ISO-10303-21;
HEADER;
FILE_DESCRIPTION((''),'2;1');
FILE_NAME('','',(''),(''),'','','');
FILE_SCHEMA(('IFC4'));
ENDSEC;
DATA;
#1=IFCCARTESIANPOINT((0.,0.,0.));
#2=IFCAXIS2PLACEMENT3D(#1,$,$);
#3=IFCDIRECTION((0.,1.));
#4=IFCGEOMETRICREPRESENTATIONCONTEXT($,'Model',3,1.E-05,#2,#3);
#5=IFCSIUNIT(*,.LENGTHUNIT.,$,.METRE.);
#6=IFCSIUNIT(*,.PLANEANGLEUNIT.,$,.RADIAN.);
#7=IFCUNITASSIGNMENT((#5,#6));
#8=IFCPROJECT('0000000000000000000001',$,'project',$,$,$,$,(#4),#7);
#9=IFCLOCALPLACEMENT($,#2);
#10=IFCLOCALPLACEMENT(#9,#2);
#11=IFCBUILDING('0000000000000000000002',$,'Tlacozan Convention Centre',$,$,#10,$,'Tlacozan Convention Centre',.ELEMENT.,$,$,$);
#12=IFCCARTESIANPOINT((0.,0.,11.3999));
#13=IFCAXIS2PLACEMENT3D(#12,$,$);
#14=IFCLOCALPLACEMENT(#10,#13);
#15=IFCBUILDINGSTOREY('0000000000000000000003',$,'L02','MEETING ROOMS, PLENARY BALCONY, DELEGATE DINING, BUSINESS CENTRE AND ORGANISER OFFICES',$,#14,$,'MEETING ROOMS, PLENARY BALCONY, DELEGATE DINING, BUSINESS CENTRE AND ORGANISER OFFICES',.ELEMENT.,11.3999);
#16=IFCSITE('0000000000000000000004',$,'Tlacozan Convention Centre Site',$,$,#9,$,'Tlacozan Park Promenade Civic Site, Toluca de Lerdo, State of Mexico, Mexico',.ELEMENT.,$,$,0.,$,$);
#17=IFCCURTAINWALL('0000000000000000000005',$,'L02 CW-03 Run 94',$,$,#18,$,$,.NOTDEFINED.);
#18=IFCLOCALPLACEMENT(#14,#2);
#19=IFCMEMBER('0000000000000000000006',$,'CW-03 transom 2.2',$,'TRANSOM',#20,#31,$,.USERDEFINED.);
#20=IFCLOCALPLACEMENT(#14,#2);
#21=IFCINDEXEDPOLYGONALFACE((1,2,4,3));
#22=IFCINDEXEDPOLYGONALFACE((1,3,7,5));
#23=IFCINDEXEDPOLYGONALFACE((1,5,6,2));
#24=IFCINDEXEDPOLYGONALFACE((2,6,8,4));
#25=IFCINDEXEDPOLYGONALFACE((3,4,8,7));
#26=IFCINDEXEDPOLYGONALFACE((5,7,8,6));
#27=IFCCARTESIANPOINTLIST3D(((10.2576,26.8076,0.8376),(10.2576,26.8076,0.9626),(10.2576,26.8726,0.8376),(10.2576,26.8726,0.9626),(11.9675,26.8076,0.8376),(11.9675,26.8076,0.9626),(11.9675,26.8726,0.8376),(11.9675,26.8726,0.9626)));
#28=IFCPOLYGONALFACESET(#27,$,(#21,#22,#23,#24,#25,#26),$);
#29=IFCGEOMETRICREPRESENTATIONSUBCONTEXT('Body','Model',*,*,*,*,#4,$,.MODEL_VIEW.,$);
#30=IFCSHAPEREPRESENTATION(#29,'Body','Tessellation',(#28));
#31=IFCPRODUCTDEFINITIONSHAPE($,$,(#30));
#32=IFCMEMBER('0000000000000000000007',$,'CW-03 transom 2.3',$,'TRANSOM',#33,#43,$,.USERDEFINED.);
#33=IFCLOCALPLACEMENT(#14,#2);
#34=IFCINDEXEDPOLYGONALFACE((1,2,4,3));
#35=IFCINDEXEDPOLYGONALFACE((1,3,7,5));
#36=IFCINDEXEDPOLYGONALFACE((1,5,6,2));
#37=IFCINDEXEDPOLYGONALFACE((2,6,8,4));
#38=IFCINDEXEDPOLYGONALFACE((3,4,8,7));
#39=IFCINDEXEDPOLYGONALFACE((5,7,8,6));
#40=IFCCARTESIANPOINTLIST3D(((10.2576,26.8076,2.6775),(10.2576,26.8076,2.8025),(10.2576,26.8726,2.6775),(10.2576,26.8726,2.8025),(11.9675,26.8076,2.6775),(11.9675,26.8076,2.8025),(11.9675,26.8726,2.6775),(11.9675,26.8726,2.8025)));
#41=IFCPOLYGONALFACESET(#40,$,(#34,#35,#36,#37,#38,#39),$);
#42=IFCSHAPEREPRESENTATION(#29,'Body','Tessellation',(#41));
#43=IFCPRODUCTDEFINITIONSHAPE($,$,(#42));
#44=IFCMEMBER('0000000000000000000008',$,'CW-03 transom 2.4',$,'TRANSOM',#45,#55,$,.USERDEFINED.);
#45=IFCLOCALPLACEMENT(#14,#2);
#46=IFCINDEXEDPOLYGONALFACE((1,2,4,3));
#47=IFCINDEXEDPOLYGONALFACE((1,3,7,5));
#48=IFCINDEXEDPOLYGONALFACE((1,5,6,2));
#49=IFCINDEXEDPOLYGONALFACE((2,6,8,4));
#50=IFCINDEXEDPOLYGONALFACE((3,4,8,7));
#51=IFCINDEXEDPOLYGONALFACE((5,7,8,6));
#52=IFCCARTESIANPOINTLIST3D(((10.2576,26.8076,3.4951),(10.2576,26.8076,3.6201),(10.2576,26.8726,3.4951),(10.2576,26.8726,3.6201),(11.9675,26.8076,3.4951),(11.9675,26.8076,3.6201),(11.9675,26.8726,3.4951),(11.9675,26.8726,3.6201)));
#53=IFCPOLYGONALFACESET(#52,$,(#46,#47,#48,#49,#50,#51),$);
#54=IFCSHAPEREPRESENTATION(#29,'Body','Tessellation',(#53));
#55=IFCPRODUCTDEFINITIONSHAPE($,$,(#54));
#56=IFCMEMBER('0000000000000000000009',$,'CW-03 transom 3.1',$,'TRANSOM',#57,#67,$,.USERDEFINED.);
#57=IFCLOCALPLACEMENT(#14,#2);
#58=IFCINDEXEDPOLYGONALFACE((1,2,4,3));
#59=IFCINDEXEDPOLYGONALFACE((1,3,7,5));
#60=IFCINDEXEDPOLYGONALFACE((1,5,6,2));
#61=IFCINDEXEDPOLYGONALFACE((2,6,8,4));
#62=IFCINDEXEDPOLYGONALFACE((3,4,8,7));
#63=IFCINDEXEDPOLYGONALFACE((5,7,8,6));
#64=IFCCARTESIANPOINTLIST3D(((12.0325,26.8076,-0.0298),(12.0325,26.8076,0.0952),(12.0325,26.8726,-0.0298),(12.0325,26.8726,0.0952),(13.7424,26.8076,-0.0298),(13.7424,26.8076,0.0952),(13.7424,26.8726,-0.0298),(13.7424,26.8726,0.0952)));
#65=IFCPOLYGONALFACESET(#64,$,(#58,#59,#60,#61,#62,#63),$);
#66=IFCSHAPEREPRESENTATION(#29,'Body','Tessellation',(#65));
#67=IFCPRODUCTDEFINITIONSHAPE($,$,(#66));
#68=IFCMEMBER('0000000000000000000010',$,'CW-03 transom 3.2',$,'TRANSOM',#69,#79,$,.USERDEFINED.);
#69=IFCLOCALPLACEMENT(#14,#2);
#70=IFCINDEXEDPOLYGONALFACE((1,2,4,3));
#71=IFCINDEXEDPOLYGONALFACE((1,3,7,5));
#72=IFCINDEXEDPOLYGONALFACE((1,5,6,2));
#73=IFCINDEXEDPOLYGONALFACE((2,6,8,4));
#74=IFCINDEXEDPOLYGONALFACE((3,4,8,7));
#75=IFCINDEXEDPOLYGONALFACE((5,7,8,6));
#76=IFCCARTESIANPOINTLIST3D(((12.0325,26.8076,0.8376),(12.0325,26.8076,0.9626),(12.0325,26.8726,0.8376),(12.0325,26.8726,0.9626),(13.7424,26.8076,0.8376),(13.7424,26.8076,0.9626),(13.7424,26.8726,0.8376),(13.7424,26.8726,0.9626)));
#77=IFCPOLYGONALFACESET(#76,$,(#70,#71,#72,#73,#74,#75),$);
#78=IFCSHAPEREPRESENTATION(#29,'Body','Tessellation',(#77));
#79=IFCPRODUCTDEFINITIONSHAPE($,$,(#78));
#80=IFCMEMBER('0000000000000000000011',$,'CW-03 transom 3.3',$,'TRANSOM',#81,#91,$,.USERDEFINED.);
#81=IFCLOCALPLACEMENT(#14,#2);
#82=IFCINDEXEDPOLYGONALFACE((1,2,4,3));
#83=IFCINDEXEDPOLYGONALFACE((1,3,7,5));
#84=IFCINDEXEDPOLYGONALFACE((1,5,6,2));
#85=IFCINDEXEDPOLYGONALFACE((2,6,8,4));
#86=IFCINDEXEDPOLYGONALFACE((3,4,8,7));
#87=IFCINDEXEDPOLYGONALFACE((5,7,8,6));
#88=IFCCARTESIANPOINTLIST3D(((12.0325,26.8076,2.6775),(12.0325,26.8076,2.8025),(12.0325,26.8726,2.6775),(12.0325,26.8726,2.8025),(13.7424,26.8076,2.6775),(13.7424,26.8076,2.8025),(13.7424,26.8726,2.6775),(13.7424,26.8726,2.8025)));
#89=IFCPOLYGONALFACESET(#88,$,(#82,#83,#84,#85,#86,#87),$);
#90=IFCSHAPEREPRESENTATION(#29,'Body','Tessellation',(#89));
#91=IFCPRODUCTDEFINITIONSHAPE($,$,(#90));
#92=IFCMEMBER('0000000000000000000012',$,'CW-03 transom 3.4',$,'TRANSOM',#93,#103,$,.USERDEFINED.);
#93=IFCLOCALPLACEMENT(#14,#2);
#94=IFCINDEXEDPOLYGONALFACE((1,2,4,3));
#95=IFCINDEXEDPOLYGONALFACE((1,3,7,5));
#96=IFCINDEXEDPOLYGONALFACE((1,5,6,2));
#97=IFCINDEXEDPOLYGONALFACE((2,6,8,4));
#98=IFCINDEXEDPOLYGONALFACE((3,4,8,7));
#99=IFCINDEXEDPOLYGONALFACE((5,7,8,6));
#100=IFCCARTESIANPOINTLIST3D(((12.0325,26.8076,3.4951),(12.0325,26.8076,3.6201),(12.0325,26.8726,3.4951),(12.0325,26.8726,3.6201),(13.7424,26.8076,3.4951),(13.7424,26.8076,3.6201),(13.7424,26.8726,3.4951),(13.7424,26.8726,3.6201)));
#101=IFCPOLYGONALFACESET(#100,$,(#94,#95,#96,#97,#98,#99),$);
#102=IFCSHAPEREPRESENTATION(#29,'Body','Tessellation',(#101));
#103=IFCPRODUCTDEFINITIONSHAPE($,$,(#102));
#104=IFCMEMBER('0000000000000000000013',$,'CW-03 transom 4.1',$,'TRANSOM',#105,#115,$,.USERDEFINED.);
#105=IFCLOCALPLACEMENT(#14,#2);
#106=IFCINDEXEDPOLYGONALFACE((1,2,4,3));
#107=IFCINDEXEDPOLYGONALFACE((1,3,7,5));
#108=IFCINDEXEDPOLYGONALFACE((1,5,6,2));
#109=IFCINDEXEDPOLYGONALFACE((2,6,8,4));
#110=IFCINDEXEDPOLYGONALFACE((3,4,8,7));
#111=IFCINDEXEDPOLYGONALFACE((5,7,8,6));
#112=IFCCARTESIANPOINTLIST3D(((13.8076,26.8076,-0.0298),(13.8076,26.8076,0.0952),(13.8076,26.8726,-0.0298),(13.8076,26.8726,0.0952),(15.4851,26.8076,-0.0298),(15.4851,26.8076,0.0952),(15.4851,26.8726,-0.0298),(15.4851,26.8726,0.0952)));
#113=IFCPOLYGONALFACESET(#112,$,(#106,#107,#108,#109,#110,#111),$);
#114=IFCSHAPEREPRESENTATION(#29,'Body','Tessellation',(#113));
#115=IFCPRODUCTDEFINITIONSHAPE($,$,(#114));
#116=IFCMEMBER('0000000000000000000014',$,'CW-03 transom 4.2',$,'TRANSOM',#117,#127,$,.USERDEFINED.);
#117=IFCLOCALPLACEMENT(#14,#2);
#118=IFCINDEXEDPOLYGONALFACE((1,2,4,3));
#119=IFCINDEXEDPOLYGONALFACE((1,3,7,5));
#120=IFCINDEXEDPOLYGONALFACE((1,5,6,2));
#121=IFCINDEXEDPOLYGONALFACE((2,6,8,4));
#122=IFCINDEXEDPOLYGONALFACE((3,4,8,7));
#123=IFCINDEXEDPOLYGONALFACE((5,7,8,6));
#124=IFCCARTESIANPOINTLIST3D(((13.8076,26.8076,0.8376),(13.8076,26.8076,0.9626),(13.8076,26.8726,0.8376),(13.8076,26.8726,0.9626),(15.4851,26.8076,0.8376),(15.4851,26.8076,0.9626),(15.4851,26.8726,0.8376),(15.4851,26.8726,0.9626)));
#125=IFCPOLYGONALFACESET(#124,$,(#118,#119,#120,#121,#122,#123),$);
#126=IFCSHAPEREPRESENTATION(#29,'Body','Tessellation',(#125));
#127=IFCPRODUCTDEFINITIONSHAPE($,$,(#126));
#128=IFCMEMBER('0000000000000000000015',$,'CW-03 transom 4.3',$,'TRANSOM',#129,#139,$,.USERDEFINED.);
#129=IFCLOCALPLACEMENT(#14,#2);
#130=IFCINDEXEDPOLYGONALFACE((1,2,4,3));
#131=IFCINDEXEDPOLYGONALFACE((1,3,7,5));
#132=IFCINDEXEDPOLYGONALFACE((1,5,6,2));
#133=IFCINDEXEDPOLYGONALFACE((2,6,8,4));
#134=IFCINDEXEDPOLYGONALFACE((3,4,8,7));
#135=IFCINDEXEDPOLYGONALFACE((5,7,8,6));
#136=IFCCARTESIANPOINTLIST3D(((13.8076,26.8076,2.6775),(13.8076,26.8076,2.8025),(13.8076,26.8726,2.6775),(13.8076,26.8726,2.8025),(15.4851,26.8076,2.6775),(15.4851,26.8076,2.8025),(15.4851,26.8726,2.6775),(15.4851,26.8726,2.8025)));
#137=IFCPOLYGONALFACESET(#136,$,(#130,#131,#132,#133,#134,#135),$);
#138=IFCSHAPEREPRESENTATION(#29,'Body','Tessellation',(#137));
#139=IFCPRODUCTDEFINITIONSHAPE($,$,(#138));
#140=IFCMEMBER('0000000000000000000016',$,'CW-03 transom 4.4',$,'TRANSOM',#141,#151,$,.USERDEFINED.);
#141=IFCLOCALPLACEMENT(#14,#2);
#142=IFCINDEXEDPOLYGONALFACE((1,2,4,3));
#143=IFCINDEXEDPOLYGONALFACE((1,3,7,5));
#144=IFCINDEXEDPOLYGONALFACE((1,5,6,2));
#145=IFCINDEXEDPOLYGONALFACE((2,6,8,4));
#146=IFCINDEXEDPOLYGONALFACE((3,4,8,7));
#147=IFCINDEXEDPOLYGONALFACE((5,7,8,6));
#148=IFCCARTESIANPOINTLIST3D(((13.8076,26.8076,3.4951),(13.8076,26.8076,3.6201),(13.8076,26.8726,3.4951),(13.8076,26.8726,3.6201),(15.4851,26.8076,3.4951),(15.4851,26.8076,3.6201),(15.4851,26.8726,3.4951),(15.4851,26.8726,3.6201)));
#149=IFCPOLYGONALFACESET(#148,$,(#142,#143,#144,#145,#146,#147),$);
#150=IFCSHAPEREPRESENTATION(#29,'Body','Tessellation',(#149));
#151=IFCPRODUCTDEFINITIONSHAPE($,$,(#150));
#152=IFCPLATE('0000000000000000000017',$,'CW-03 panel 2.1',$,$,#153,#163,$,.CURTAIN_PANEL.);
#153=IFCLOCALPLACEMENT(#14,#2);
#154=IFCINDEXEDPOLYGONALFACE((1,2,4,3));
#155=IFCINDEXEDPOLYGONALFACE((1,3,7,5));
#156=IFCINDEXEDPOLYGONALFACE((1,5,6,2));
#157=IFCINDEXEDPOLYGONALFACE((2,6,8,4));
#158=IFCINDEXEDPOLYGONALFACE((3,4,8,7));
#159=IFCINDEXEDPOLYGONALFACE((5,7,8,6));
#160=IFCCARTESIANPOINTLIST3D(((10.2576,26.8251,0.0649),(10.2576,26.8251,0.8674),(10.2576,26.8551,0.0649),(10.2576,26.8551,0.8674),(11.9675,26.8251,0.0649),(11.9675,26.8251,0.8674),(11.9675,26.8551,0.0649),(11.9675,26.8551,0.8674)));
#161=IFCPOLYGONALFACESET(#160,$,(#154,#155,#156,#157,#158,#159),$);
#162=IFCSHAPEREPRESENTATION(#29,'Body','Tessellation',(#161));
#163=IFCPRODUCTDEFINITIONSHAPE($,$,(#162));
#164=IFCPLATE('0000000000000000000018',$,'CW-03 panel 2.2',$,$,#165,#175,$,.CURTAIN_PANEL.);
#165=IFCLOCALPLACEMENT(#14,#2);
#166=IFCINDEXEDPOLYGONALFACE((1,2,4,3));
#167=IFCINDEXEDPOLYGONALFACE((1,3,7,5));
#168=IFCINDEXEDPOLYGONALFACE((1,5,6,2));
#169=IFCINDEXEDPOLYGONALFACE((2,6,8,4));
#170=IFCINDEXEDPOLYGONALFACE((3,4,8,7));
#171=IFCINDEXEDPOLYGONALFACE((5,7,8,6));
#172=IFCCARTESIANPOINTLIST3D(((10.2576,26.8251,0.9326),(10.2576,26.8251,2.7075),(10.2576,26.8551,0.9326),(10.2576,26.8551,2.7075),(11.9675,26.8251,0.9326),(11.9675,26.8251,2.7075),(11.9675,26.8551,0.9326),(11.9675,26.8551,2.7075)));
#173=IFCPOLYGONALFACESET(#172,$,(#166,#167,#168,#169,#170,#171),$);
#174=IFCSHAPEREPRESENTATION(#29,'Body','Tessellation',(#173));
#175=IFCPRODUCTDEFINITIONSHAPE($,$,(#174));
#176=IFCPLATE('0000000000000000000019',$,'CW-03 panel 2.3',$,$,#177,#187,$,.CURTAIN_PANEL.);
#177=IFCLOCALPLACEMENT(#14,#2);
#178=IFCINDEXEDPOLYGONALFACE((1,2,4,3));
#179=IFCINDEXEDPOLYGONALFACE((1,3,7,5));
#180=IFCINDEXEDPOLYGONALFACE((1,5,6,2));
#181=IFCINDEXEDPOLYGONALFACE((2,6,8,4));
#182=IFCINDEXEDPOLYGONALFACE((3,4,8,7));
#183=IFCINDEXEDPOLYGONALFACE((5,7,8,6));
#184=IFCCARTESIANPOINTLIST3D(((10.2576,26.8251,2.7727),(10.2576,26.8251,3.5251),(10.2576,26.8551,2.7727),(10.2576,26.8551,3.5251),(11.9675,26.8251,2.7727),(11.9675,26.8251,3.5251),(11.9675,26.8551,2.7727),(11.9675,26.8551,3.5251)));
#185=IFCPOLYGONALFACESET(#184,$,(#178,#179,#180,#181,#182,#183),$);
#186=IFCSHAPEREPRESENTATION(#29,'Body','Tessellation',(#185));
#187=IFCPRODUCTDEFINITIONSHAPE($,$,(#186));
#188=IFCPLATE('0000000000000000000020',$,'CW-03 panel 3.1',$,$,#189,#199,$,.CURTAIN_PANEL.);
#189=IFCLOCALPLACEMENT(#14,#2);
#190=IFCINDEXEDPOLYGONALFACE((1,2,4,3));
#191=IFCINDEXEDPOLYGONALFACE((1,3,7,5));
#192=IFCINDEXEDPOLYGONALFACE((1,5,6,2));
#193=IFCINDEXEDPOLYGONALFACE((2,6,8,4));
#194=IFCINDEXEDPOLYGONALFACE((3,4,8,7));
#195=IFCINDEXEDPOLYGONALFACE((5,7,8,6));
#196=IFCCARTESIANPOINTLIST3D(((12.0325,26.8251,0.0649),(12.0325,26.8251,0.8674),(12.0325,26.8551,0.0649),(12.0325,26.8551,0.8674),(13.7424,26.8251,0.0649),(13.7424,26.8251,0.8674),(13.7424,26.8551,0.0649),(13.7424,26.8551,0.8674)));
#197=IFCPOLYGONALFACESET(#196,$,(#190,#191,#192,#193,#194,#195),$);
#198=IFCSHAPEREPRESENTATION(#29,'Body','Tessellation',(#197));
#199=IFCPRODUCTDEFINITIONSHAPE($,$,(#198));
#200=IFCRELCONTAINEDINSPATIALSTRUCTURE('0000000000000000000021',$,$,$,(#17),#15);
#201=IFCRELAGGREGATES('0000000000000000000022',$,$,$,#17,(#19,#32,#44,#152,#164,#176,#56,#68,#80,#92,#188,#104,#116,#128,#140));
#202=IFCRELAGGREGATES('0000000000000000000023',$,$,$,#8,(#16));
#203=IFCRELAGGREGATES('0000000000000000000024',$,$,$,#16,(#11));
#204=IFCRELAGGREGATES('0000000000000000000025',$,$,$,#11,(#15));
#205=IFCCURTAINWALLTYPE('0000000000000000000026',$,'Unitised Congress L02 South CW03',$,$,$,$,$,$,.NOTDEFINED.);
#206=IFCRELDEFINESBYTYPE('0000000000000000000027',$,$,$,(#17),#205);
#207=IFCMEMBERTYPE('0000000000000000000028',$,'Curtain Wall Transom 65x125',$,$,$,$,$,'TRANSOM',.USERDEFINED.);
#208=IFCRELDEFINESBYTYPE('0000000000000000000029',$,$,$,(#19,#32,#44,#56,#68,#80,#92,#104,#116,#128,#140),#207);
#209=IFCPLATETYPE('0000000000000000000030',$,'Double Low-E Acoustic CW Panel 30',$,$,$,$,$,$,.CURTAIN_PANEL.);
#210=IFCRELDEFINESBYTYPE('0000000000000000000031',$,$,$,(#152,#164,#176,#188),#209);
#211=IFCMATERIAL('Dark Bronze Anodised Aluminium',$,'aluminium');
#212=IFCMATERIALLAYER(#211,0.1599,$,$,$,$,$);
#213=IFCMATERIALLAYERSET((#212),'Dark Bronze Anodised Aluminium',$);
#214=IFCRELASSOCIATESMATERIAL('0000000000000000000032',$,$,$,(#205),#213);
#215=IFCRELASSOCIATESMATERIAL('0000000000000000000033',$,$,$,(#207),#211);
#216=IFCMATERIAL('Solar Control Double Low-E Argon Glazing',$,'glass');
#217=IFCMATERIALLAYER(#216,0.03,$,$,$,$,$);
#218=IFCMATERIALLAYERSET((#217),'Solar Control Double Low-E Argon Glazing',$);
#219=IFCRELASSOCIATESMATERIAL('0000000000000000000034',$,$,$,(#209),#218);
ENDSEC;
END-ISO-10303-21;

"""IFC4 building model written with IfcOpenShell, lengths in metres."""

from ifc_helpers import new_model, si_unit, direction, frame, origin, origin_2d, place, context, subcontext, project, spatial, rectangle, extrude, material, layer, layer_set, material_profile, profile_set, type_object, element, aggregate, save


model = new_model("IFC4")

# Units and contexts
model_context = context("Model", 3, precision=1e-05, world=origin(), true_north=direction((0.0, 1.0)))
body_context = subcontext(model_context, "Body", "Model", "MODEL_VIEW")
ifc_project = project(units=[si_unit("LENGTHUNIT", "METRE"), si_unit("PLANEANGLEUNIT", "RADIAN")], contexts=[model_context])

# Site, building, storey
site_placement = place(None, origin())
site = spatial("IfcSite", under=ifc_project, at=site_placement, Name="Tlacozan Convention Centre Site", LongName="Tlacozan Park Promenade Civic Site, Toluca de Lerdo, State of Mexico, Mexico", CompositionType="ELEMENT", RefElevation=0.0)
building_placement = place(site_placement, origin())
building = spatial("IfcBuilding", under=site, at=building_placement, Name="Tlacozan Convention Centre", LongName="Tlacozan Convention Centre", CompositionType="ELEMENT")
storey_placement = place(building_placement, frame((0.0, 0.0, 11.3999)))
storey = spatial("IfcBuildingStorey", under=building, at=storey_placement, Name="L02", Description="MEETING ROOMS, PLENARY BALCONY, DELEGATE DINING, BUSINESS CENTRE AND ORGANISER OFFICES", LongName="MEETING ROOMS, PLENARY BALCONY, DELEGATE DINING, BUSINESS CENTRE AND ORGANISER OFFICES", CompositionType="ELEMENT", Elevation=11.3999)

# Curtain wall, members, plates
ifc_material_1 = material(Name="Dark Bronze Anodised Aluminium", Category="aluminium")
ifc_layer_1 = layer(ifc_material_1, 0.1599)
ifc_layer_set_1 = layer_set([ifc_layer_1], Name="Dark Bronze Anodised Aluminium")
curtain_wall_type = type_object("IfcCurtainWallType", Name="Unitised Congress L02 South CW03", PredefinedType="NOTDEFINED", material=ifc_layer_set_1)
curtain_wall_placement = place(storey_placement, origin())
curtain_wall = element("IfcCurtainWall", 1, at=curtain_wall_placement, inside=storey, type_object=curtain_wall_type, Name="L02 CW-03 Run 94", PredefinedType="NOTDEFINED")
ifc_material_profile_1 = material_profile(ifc_material_1, rectangle(XDim=0.0649, YDim=0.125, at=origin_2d()), Name="ALU 65x125")
ifc_profile_set_1 = profile_set([ifc_material_profile_1], Name="Dark Bronze Anodised Aluminium")
member_type_1 = type_object("IfcMemberType", Name="Curtain Wall Transom 65x125", ElementType="TRANSOM", PredefinedType="USERDEFINED", material=ifc_profile_set_1)
member_1_placement = place(storey_placement, frame((10.2576, 26.8401, 0.9001), z_axis=(1.0, 0.0, 0.0), x_axis=(0.0, 1.0, 0.0)))
member_1 = element("IfcMember", 2, at=member_1_placement, type_object=member_type_1, Name="CW-03 transom 2.2", ObjectType="TRANSOM", PredefinedType="USERDEFINED", context=body_context, shape_type="SweptSolid", body=[
    extrude(rectangle(XDim=0.0649, YDim=0.125, at=origin_2d()), origin(), (0.0, 0.0, 1.0), 1.71),
])
member_2_placement = place(storey_placement, frame((10.2576, 26.8401, 2.74), z_axis=(1.0, 0.0, 0.0), x_axis=(0.0, 1.0, 0.0)))
member_2 = element("IfcMember", 3, at=member_2_placement, type_object=member_type_1, Name="CW-03 transom 2.3", ObjectType="TRANSOM", PredefinedType="USERDEFINED", context=body_context, shape_type="SweptSolid", body=[
    extrude(rectangle(XDim=0.0649, YDim=0.125, at=origin_2d()), origin(), (0.0, 0.0, 1.0), 1.71),
])
member_3_placement = place(storey_placement, frame((10.2576, 26.8401, 3.5576), z_axis=(1.0, 0.0, 0.0), x_axis=(0.0, 1.0, 0.0)))
member_3 = element("IfcMember", 4, at=member_3_placement, type_object=member_type_1, Name="CW-03 transom 2.4", ObjectType="TRANSOM", PredefinedType="USERDEFINED", context=body_context, shape_type="SweptSolid", body=[
    extrude(rectangle(XDim=0.0649, YDim=0.125, at=origin_2d()), origin(), (0.0, 0.0, 1.0), 1.71),
])
member_4_placement = place(storey_placement, frame((12.0325, 26.8401, 0.0327), z_axis=(1.0, 0.0, 0.0), x_axis=(0.0, 1.0, 0.0)))
member_4 = element("IfcMember", 5, at=member_4_placement, type_object=member_type_1, Name="CW-03 transom 3.1", ObjectType="TRANSOM", PredefinedType="USERDEFINED", context=body_context, shape_type="SweptSolid", body=[
    extrude(rectangle(XDim=0.0649, YDim=0.125, at=origin_2d()), origin(), (0.0, 0.0, 1.0), 1.71),
])
member_5_placement = place(storey_placement, frame((12.0325, 26.8401, 0.9001), z_axis=(1.0, 0.0, 0.0), x_axis=(0.0, 1.0, 0.0)))
member_5 = element("IfcMember", 6, at=member_5_placement, type_object=member_type_1, Name="CW-03 transom 3.2", ObjectType="TRANSOM", PredefinedType="USERDEFINED", context=body_context, shape_type="SweptSolid", body=[
    extrude(rectangle(XDim=0.0649, YDim=0.125, at=origin_2d()), origin(), (0.0, 0.0, 1.0), 1.71),
])
member_6_placement = place(storey_placement, frame((12.0325, 26.8401, 2.74), z_axis=(1.0, 0.0, 0.0), x_axis=(0.0, 1.0, 0.0)))
member_6 = element("IfcMember", 7, at=member_6_placement, type_object=member_type_1, Name="CW-03 transom 3.3", ObjectType="TRANSOM", PredefinedType="USERDEFINED", context=body_context, shape_type="SweptSolid", body=[
    extrude(rectangle(XDim=0.0649, YDim=0.125, at=origin_2d()), origin(), (0.0, 0.0, 1.0), 1.71),
])
member_7_placement = place(storey_placement, frame((12.0325, 26.8401, 3.5576), z_axis=(1.0, 0.0, 0.0), x_axis=(0.0, 1.0, 0.0)))
member_7 = element("IfcMember", 8, at=member_7_placement, type_object=member_type_1, Name="CW-03 transom 3.4", ObjectType="TRANSOM", PredefinedType="USERDEFINED", context=body_context, shape_type="SweptSolid", body=[
    extrude(rectangle(XDim=0.0649, YDim=0.125, at=origin_2d()), origin(), (0.0, 0.0, 1.0), 1.71),
])
member_8_placement = place(storey_placement, frame((13.8076, 26.8401, 0.0327), z_axis=(1.0, 0.0, 0.0), x_axis=(0.0, 1.0, 0.0)))
member_8 = element("IfcMember", 9, at=member_8_placement, type_object=member_type_1, Name="CW-03 transom 4.1", ObjectType="TRANSOM", PredefinedType="USERDEFINED", context=body_context, shape_type="SweptSolid", body=[
    extrude(rectangle(XDim=0.0649, YDim=0.125, at=origin_2d()), origin(), (0.0, 0.0, 1.0), 1.6775),
])
member_9_placement = place(storey_placement, frame((13.8076, 26.8401, 0.9001), z_axis=(1.0, 0.0, 0.0), x_axis=(0.0, 1.0, 0.0)))
member_9 = element("IfcMember", 10, at=member_9_placement, type_object=member_type_1, Name="CW-03 transom 4.2", ObjectType="TRANSOM", PredefinedType="USERDEFINED", context=body_context, shape_type="SweptSolid", body=[
    extrude(rectangle(XDim=0.0649, YDim=0.125, at=origin_2d()), origin(), (0.0, 0.0, 1.0), 1.6775),
])
member_10_placement = place(storey_placement, frame((13.8076, 26.8401, 2.74), z_axis=(1.0, 0.0, 0.0), x_axis=(0.0, 1.0, 0.0)))
member_10 = element("IfcMember", 11, at=member_10_placement, type_object=member_type_1, Name="CW-03 transom 4.3", ObjectType="TRANSOM", PredefinedType="USERDEFINED", context=body_context, shape_type="SweptSolid", body=[
    extrude(rectangle(XDim=0.0649, YDim=0.125, at=origin_2d()), origin(), (0.0, 0.0, 1.0), 1.6775),
])
member_11_placement = place(storey_placement, frame((13.8076, 26.8401, 3.5576), z_axis=(1.0, 0.0, 0.0), x_axis=(0.0, 1.0, 0.0)))
member_11 = element("IfcMember", 12, at=member_11_placement, type_object=member_type_1, Name="CW-03 transom 4.4", ObjectType="TRANSOM", PredefinedType="USERDEFINED", context=body_context, shape_type="SweptSolid", body=[
    extrude(rectangle(XDim=0.0649, YDim=0.125, at=origin_2d()), origin(), (0.0, 0.0, 1.0), 1.6775),
])
ifc_material_2 = material(Name="Solar Control Double Low-E Argon Glazing", Category="glass")
ifc_layer_2 = layer(ifc_material_2, 0.03)
ifc_layer_set_2 = layer_set([ifc_layer_2], Name="Solar Control Double Low-E Argon Glazing")
plate_type = type_object("IfcPlateType", Name="Double Low-E Acoustic CW Panel 30", PredefinedType="CURTAIN_PANEL", material=ifc_layer_set_2)
plate_1_placement = place(storey_placement, frame((11.1125, 26.8401, 0.0649), z_axis=(0.0, 0.0, 1.0), x_axis=(1.0, 0.0, 0.0)))
plate_1 = element("IfcPlate", 13, at=plate_1_placement, type_object=plate_type, Name="CW-03 panel 2.1", PredefinedType="CURTAIN_PANEL", context=body_context, shape_type="SweptSolid", body=[
    extrude(rectangle(XDim=1.71, YDim=0.03, at=origin_2d()), origin(), (0.0, 0.0, 1.0), 0.8025),
])
plate_2_placement = place(storey_placement, frame((11.1125, 26.8401, 0.9326), z_axis=(0.0, 0.0, 1.0), x_axis=(1.0, 0.0, 0.0)))
plate_2 = element("IfcPlate", 14, at=plate_2_placement, type_object=plate_type, Name="CW-03 panel 2.2", PredefinedType="CURTAIN_PANEL", context=body_context, shape_type="SweptSolid", body=[
    extrude(rectangle(XDim=1.71, YDim=0.03, at=origin_2d()), origin(), (0.0, 0.0, 1.0), 1.7749),
])
plate_3_placement = place(storey_placement, frame((11.1125, 26.8401, 2.7727), z_axis=(0.0, 0.0, 1.0), x_axis=(1.0, 0.0, 0.0)))
plate_3 = element("IfcPlate", 15, at=plate_3_placement, type_object=plate_type, Name="CW-03 panel 2.3", PredefinedType="CURTAIN_PANEL", context=body_context, shape_type="SweptSolid", body=[
    extrude(rectangle(XDim=1.71, YDim=0.03, at=origin_2d()), origin(), (0.0, 0.0, 1.0), 0.7524),
])
plate_4_placement = place(storey_placement, frame((12.8875, 26.8401, 0.0649), z_axis=(0.0, 0.0, 1.0), x_axis=(1.0, 0.0, 0.0)))
plate_4 = element("IfcPlate", 16, at=plate_4_placement, type_object=plate_type, Name="CW-03 panel 3.1", PredefinedType="CURTAIN_PANEL", context=body_context, shape_type="SweptSolid", body=[
    extrude(rectangle(XDim=1.71, YDim=0.03, at=origin_2d()), origin(), (0.0, 0.0, 1.0), 0.8025),
])
aggregate(curtain_wall, [member_1, member_2, member_3, plate_1, plate_2, plate_3, member_4, member_5, member_6, member_7, plate_4, member_8, member_9, member_10, member_11])

save(model, "model.ifc")
